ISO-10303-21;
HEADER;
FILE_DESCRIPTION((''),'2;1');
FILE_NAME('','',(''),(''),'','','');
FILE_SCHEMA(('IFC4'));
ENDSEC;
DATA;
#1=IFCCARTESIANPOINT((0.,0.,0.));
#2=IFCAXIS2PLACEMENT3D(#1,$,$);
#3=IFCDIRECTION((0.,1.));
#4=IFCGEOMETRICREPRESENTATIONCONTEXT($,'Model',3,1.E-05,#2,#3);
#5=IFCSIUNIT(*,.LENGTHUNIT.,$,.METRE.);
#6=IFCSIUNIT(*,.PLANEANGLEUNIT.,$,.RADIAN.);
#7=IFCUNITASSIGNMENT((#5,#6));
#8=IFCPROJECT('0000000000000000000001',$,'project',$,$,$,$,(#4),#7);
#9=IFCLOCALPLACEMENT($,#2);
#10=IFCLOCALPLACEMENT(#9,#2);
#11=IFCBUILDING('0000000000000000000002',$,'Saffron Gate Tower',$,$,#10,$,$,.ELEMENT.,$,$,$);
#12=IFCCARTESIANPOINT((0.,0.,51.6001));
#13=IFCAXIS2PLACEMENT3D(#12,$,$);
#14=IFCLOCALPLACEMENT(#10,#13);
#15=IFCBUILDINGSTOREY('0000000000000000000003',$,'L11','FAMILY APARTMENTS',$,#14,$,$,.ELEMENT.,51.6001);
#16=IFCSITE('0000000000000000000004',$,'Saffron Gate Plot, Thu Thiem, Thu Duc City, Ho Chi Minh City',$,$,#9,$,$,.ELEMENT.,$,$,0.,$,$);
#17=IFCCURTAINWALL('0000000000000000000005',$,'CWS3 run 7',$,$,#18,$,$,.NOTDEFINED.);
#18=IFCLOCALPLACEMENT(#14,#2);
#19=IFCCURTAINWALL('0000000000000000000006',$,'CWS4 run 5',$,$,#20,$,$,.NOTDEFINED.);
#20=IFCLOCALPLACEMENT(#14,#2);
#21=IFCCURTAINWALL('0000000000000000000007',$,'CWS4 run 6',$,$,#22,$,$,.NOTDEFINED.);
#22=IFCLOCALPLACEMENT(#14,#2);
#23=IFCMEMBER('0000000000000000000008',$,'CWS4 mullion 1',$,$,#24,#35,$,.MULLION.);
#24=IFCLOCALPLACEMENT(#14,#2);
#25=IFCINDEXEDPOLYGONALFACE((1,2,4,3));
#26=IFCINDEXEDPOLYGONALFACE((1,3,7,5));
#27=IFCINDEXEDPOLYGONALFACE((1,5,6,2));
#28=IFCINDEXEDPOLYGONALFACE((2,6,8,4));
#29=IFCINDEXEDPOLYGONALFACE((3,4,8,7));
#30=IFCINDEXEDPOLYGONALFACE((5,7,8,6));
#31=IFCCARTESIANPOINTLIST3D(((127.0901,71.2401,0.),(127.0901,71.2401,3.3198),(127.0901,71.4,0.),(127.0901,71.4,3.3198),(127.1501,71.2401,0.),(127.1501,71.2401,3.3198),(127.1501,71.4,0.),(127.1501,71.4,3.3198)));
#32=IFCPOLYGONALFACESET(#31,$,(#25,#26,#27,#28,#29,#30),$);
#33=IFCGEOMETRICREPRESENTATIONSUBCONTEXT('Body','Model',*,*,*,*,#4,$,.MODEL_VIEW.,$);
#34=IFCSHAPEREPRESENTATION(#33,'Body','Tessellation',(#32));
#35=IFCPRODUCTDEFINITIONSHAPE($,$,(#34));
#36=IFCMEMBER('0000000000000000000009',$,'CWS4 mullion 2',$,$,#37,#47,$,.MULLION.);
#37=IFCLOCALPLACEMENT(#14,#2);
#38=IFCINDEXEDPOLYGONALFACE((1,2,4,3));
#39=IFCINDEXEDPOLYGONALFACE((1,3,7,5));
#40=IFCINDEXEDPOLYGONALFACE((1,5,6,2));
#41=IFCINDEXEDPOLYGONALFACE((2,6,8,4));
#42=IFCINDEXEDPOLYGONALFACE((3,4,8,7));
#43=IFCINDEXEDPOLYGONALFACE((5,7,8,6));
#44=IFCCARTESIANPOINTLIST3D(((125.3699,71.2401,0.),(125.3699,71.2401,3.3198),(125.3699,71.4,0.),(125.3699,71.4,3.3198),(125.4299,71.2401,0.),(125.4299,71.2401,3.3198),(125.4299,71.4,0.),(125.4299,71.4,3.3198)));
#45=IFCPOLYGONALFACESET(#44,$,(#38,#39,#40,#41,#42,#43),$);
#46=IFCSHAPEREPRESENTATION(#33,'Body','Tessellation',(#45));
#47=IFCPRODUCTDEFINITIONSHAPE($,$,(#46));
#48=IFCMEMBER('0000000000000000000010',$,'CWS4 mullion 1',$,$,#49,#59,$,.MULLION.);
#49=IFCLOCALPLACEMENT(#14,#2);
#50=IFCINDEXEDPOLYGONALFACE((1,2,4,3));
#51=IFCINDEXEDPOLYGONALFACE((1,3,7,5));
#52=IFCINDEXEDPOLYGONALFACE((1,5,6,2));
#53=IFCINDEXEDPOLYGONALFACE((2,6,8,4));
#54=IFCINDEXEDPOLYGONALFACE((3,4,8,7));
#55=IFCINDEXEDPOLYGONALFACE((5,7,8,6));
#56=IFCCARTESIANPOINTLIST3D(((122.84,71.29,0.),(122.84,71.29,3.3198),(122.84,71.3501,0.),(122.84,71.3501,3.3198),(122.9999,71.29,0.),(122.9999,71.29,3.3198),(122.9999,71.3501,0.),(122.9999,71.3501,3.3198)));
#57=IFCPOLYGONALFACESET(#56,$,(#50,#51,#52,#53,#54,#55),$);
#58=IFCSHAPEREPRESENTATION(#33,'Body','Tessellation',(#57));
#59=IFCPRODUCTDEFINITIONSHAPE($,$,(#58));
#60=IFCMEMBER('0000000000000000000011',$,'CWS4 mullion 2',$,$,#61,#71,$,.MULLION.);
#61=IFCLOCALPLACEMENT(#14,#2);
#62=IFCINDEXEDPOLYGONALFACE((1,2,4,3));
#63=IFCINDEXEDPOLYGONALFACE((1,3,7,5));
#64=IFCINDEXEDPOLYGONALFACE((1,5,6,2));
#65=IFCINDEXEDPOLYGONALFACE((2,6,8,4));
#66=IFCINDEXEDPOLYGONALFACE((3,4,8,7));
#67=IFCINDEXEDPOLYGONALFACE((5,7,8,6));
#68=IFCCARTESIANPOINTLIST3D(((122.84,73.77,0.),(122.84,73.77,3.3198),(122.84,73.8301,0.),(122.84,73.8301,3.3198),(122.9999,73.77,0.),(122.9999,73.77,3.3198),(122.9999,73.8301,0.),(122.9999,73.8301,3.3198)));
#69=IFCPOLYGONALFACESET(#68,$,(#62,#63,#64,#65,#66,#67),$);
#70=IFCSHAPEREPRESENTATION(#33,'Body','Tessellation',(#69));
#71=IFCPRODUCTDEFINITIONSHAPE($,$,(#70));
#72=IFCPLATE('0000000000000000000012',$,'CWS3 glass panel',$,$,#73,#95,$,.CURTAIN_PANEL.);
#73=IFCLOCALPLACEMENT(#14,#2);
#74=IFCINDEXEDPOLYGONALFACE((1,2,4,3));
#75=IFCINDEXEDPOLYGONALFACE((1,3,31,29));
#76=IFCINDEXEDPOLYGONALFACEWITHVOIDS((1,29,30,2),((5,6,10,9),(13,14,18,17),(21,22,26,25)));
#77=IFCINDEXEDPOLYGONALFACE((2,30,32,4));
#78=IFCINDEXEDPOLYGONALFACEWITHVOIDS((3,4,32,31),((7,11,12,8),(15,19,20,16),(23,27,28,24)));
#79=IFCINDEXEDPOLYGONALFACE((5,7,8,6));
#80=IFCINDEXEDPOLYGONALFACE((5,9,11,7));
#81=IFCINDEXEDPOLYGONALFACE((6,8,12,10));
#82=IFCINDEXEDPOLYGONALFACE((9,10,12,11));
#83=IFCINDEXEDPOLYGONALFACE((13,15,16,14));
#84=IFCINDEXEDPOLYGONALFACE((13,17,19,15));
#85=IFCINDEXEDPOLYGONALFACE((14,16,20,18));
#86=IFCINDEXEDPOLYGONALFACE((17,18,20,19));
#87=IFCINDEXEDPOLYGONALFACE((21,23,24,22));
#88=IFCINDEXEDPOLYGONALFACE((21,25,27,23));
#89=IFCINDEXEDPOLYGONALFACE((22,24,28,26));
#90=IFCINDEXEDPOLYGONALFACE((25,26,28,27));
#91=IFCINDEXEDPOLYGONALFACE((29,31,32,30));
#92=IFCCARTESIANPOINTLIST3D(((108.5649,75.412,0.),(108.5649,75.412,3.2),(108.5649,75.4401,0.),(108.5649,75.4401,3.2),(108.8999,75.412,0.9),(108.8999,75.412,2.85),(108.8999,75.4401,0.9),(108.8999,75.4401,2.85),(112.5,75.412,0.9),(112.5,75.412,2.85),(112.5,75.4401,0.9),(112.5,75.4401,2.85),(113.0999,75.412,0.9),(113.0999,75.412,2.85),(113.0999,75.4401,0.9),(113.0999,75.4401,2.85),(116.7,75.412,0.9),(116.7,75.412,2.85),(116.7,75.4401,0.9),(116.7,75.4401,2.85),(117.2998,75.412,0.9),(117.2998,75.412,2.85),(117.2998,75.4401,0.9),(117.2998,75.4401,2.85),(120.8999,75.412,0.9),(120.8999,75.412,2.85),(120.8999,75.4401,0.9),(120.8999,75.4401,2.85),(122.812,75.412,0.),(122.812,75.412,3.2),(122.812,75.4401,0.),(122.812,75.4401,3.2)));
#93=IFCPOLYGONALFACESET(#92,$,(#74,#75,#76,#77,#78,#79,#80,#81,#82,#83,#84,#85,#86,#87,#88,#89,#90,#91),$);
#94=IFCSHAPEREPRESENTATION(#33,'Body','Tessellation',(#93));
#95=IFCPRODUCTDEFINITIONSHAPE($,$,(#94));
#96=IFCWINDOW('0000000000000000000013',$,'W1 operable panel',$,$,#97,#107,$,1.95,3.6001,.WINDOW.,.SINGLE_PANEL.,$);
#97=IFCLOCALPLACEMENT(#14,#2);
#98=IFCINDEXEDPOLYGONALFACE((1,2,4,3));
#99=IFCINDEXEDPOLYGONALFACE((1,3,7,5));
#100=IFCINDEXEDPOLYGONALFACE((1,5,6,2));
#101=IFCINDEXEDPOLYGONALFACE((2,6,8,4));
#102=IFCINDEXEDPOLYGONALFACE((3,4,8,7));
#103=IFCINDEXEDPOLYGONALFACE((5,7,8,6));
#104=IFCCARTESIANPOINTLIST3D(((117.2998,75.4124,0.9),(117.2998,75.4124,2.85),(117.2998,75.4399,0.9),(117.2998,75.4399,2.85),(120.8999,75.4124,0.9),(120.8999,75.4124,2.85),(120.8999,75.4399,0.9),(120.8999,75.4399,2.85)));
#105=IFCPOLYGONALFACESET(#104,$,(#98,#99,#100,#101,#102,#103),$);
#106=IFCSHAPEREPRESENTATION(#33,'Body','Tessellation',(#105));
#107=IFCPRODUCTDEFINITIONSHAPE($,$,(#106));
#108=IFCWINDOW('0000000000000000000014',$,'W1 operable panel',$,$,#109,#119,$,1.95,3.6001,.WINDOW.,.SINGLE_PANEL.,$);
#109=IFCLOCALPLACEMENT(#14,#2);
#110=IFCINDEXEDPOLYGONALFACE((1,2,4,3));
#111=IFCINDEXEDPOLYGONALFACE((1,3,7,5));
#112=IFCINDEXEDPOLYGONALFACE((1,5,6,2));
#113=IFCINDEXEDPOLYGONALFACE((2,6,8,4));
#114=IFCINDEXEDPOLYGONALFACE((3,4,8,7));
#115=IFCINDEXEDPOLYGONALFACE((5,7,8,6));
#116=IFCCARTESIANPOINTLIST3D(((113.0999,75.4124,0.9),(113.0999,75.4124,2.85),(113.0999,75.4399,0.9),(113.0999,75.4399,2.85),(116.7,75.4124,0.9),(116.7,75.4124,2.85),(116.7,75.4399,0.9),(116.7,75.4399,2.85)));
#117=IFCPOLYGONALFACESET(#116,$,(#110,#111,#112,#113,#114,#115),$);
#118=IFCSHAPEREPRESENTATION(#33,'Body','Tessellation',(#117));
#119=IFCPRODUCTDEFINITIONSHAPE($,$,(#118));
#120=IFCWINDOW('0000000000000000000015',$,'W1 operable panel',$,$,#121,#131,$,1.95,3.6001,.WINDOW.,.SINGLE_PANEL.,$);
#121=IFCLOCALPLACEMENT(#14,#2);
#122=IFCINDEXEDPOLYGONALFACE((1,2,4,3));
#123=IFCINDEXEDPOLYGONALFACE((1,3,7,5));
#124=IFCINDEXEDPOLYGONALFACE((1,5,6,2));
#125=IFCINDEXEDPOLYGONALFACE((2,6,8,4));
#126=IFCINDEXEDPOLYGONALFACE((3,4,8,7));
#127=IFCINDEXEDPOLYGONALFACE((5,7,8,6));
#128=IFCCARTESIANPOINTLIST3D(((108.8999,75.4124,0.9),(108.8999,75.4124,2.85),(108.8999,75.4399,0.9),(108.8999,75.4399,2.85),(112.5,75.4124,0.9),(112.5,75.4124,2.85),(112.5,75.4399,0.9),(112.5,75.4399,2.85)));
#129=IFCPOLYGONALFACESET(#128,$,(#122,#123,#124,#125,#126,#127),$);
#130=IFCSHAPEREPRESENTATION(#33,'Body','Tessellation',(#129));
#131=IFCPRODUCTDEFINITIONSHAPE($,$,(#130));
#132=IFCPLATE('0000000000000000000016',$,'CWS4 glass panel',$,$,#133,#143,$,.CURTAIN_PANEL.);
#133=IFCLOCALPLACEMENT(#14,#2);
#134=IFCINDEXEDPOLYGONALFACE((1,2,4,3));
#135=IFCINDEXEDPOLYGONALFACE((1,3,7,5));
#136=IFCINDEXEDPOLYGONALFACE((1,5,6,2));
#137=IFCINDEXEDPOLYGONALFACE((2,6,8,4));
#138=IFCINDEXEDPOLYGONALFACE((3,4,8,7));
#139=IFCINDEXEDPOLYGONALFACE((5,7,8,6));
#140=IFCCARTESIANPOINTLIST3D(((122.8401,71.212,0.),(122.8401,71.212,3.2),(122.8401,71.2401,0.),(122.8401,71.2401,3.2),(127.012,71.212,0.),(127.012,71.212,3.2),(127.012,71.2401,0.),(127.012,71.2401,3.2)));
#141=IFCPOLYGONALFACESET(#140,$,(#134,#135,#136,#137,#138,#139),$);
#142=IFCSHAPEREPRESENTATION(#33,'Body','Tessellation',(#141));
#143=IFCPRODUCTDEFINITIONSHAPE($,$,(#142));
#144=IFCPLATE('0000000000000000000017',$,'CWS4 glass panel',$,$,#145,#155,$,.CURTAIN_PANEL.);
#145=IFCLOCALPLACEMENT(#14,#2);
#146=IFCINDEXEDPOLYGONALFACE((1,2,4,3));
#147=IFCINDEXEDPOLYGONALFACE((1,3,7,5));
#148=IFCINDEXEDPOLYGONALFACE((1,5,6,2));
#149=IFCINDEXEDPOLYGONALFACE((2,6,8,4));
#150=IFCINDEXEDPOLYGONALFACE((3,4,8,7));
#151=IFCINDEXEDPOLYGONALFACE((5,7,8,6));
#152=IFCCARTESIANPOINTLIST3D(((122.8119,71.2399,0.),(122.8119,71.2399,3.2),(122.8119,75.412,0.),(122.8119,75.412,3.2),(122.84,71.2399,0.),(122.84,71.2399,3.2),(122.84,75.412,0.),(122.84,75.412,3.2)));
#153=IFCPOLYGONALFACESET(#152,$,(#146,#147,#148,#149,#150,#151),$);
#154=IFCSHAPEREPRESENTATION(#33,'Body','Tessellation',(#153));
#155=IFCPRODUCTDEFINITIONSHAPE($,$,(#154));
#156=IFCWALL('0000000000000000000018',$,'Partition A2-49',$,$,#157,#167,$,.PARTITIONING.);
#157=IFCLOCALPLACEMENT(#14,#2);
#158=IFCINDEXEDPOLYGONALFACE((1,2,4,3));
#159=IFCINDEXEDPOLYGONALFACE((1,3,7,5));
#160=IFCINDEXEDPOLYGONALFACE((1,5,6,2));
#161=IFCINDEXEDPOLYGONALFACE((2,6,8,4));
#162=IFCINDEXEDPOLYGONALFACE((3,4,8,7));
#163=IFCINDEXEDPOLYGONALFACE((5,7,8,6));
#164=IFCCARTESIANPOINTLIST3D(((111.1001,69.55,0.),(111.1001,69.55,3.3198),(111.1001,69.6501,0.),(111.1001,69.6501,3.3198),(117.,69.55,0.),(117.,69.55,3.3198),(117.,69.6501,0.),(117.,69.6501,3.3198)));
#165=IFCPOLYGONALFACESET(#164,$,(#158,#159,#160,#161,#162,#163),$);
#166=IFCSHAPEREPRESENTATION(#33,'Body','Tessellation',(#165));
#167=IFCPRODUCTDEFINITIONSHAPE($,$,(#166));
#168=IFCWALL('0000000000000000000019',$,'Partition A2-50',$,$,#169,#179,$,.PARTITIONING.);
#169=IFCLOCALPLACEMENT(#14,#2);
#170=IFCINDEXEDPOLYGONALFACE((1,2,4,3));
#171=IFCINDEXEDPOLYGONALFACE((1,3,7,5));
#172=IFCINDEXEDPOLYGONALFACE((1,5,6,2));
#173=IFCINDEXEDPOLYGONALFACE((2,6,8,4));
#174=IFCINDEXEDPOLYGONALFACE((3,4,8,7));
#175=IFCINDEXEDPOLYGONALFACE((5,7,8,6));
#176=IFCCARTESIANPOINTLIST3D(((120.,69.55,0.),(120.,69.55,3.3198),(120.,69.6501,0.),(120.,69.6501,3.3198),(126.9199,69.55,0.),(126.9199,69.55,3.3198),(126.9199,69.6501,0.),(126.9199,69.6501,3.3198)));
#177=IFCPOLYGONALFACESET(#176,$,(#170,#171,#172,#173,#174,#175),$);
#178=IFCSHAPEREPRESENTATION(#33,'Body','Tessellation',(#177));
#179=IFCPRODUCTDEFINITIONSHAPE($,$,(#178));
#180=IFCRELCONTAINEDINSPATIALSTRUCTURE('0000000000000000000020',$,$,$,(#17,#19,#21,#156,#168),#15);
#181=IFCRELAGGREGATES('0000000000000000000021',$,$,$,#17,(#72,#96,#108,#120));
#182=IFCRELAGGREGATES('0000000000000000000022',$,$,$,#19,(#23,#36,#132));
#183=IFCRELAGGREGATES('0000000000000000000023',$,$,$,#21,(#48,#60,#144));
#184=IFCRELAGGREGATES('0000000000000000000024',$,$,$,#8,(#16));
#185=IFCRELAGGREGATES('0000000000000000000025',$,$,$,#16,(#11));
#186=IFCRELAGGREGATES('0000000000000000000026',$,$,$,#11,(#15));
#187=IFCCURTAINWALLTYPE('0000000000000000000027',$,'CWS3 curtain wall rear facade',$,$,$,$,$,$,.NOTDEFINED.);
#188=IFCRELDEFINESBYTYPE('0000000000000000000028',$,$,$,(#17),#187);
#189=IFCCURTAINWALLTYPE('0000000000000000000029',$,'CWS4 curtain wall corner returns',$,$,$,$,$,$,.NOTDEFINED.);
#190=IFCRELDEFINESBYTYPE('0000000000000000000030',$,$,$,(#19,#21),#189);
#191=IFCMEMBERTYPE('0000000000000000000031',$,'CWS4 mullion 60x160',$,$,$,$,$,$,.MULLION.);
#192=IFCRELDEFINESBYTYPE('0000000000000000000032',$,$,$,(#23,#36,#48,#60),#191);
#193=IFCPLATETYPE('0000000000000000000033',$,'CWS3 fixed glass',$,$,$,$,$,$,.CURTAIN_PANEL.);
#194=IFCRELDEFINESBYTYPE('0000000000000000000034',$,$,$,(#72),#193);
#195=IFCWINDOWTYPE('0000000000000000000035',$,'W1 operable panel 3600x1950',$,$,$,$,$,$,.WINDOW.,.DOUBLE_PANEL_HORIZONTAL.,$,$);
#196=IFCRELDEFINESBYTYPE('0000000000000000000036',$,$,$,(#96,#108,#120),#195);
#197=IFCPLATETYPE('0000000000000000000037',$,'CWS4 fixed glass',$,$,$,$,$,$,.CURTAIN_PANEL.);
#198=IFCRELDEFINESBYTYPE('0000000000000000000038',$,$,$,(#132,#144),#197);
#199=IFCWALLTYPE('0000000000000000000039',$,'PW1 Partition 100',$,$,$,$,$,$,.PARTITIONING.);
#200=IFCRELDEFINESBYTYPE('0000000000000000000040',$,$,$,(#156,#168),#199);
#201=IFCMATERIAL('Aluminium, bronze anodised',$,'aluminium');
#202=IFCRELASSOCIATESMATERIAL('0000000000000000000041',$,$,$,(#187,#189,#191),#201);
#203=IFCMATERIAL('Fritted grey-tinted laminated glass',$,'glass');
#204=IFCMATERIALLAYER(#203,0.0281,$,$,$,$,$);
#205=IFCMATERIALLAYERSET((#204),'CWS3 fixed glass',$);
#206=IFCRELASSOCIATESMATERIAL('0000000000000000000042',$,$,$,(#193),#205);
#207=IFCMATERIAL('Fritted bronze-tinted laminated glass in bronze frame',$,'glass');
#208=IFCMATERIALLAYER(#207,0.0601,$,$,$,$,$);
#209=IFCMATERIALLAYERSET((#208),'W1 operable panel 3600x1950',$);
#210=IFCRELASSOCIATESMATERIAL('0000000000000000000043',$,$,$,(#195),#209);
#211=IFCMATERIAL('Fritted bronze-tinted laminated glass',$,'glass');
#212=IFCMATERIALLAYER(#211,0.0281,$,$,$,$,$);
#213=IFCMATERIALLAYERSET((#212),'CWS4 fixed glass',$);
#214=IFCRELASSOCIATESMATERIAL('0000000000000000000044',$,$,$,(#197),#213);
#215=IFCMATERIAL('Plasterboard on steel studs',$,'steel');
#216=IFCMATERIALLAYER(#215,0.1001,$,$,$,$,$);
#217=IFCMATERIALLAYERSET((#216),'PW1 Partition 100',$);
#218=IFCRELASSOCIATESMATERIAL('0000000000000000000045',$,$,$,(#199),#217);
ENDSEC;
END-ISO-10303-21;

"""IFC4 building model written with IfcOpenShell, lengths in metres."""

from ifc_helpers import new_model, si_unit, direction, frame, frame_2d, origin, origin_2d, place, context, subcontext, project, spatial, rectangle, extrude, material, layer, layer_set, material_profile, profile_set, type_object, element, fill, aggregate, save


model = new_model("IFC4")

# Units and contexts
model_context = context("Model", 3, precision=1e-05, world=origin(), true_north=direction((0.0, 1.0)))
body_context = subcontext(model_context, "Body", "Model", "MODEL_VIEW")
ifc_project = project(units=[si_unit("LENGTHUNIT", "METRE"), si_unit("PLANEANGLEUNIT", "RADIAN")], contexts=[model_context])

# Site, building, storey
site_placement = place(None, origin())
site = spatial("IfcSite", under=ifc_project, at=site_placement, Name="Saffron Gate Plot, Thu Thiem, Thu Duc City, Ho Chi Minh City", CompositionType="ELEMENT", RefElevation=0.0)
building_placement = place(site_placement, origin())
building = spatial("IfcBuilding", under=site, at=building_placement, Name="Saffron Gate Tower", CompositionType="ELEMENT")
storey_placement = place(building_placement, frame((0.0, 0.0, 51.6001)))
storey = spatial("IfcBuildingStorey", under=building, at=storey_placement, Name="L11", Description="FAMILY APARTMENTS", CompositionType="ELEMENT", Elevation=51.6001)

# Shared definitions
ifc_material_1 = material(Name="Aluminium, bronze anodised", Category="aluminium")

# Curtain wall
curtain_wall_type_1 = type_object("IfcCurtainWallType", Name="CWS3 curtain wall rear facade", PredefinedType="NOTDEFINED", material=ifc_material_1)
curtain_wall_1_placement = place(storey_placement, origin())
curtain_wall_1 = element("IfcCurtainWall", 1, at=curtain_wall_1_placement, inside=storey, type_object=curtain_wall_type_1, Name="CWS3 run 7", PredefinedType="NOTDEFINED")

# Curtain walls
curtain_wall_type_2 = type_object("IfcCurtainWallType", Name="CWS4 curtain wall corner returns", PredefinedType="NOTDEFINED", material=ifc_material_1)
curtain_wall_2_placement = place(storey_placement, origin())
curtain_wall_2 = element("IfcCurtainWall", 2, at=curtain_wall_2_placement, inside=storey, type_object=curtain_wall_type_2, Name="CWS4 run 5", PredefinedType="NOTDEFINED")
curtain_wall_3_placement = place(storey_placement, origin())
curtain_wall_3 = element("IfcCurtainWall", 3, at=curtain_wall_3_placement, inside=storey, type_object=curtain_wall_type_2, Name="CWS4 run 6", PredefinedType="NOTDEFINED")

# Members
ifc_material_profile_1 = material_profile(ifc_material_1, rectangle(XDim=0.1599, YDim=0.0601, at=origin_2d()))
ifc_profile_set_1 = profile_set([ifc_material_profile_1], Name="Aluminium, bronze anodised")
member_type_1 = type_object("IfcMemberType", Name="CWS4 mullion 60x160", PredefinedType="MULLION", material=ifc_profile_set_1)
member_1_placement = place(storey_placement, frame((127.1201, 71.3201, 0.0), z_axis=(0.0, 0.0, 1.0), x_axis=(0.0, -1.0, 0.0)))
member_1 = element("IfcMember", 4, at=member_1_placement, type_object=member_type_1, Name="CWS4 mullion 1", PredefinedType="MULLION", context=body_context, shape_type="SweptSolid", body=[
    extrude(rectangle(XDim=0.1599, YDim=0.0601, at=origin_2d()), origin(), (0.0, 0.0, 1.0), 3.3198),
])
member_2_placement = place(storey_placement, frame((125.3999, 71.3201, 0.0), z_axis=(0.0, 0.0, 1.0), x_axis=(0.0, -1.0, 0.0)))
member_2 = element("IfcMember", 5, at=member_2_placement, type_object=member_type_1, Name="CWS4 mullion 2", PredefinedType="MULLION", context=body_context, shape_type="SweptSolid", body=[
    extrude(rectangle(XDim=0.1599, YDim=0.0601, at=origin_2d()), origin(), (0.0, 0.0, 1.0), 3.3198),
])
member_3_placement = place(storey_placement, frame((122.9199, 71.3201, 0.0), z_axis=(0.0, 0.0, 1.0), x_axis=(-1.0, 0.0, 0.0)))
member_3 = element("IfcMember", 6, at=member_3_placement, type_object=member_type_1, Name="CWS4 mullion 1", PredefinedType="MULLION", context=body_context, shape_type="SweptSolid", body=[
    extrude(rectangle(XDim=0.1599, YDim=0.0601, at=origin_2d()), origin(), (0.0, 0.0, 1.0), 3.3198),
])
member_4_placement = place(storey_placement, frame((122.9199, 73.8, 0.0), z_axis=(0.0, 0.0, 1.0), x_axis=(-1.0, 0.0, 0.0)))
member_4 = element("IfcMember", 7, at=member_4_placement, type_object=member_type_1, Name="CWS4 mullion 2", PredefinedType="MULLION", context=body_context, shape_type="SweptSolid", body=[
    extrude(rectangle(XDim=0.1599, YDim=0.0601, at=origin_2d()), origin(), (0.0, 0.0, 1.0), 3.3198),
])

# Plate, openings, windows
ifc_material_2 = material(Name="Fritted grey-tinted laminated glass", Category="glass")
ifc_layer_1 = layer(ifc_material_2, 0.0281)
ifc_layer_set_1 = layer_set([ifc_layer_1], Name="CWS3 fixed glass")
plate_type_1 = type_object("IfcPlateType", Name="CWS3 fixed glass", PredefinedType="CURTAIN_PANEL", material=ifc_layer_set_1)
plate_1_placement = place(storey_placement, frame((122.812, 75.426, 0.0), z_axis=(0.0, 0.0, 1.0), x_axis=(-1.0, 0.0, 0.0)))
plate_1 = element("IfcPlate", 8, at=plate_1_placement, type_object=plate_type_1, Name="CWS3 glass panel", PredefinedType="CURTAIN_PANEL", context=body_context, shape_type="SweptSolid", body=[
    extrude(rectangle(XDim=14.2471, YDim=0.0281, at=frame_2d((7.1235, 0.0))), origin(), (0.0, 0.0, 1.0), 3.2),
])
opening_1_placement = place(plate_1_placement, frame((1.9121, 0.0, 0.8999)))
opening_1 = element("IfcOpeningElement", 9, at=opening_1_placement, cuts=plate_1, PredefinedType="OPENING", context=body_context, shape_type="SweptSolid", body=[
    extrude(rectangle(XDim=3.6001, YDim=1.95, at=frame_2d((1.8, 0.9751))), frame((0.0, 0.0239, 0.0), z_axis=(0.0, -1.0, 0.0), x_axis=(1.0, 0.0, 0.0)), (0.0, 0.0, 1.0), 0.0481),
])
opening_2_placement = place(plate_1_placement, frame((6.1121, 0.0, 0.8999)))
opening_2 = element("IfcOpeningElement", 10, at=opening_2_placement, cuts=plate_1, PredefinedType="OPENING", context=body_context, shape_type="SweptSolid", body=[
    extrude(rectangle(XDim=3.6001, YDim=1.95, at=frame_2d((1.8, 0.9751))), frame((0.0, 0.0239, 0.0), z_axis=(0.0, -1.0, 0.0), x_axis=(1.0, 0.0, 0.0)), (0.0, 0.0, 1.0), 0.0481),
])
opening_3_placement = place(plate_1_placement, frame((10.312, 0.0, 0.8999)))
opening_3 = element("IfcOpeningElement", 11, at=opening_3_placement, cuts=plate_1, PredefinedType="OPENING", context=body_context, shape_type="SweptSolid", body=[
    extrude(rectangle(XDim=3.6001, YDim=1.95, at=frame_2d((1.8, 0.9751))), frame((0.0, 0.0239, 0.0), z_axis=(0.0, -1.0, 0.0), x_axis=(1.0, 0.0, 0.0)), (0.0, 0.0, 1.0), 0.0481),
])
ifc_material_3 = material(Name="Fritted bronze-tinted laminated glass in bronze frame", Category="glass")
ifc_layer_2 = layer(ifc_material_3, 0.0601)
ifc_layer_set_2 = layer_set([ifc_layer_2], Name="W1 operable panel 3600x1950")
window_type = type_object("IfcWindowType", Name="W1 operable panel 3600x1950", PartitioningType="DOUBLE_PANEL_HORIZONTAL", PredefinedType="WINDOW", material=ifc_layer_set_2)
window_1_placement = place(opening_1_placement, origin())
window_1 = element("IfcWindow", 12, at=window_1_placement, type_object=window_type, Name="W1 operable panel", OverallHeight=1.95, OverallWidth=3.6001, PartitioningType="SINGLE_PANEL", PredefinedType="WINDOW", context=body_context, shape_type="SweptSolid", body=[
    extrude(rectangle(XDim=3.6001, YDim=1.95, at=frame_2d((1.8, 0.9751))), frame((0.0, 0.0137, 0.0), z_axis=(0.0, -1.0, 0.0), x_axis=(1.0, 0.0, 0.0)), (0.0, 0.0, 1.0), 0.0276),
])
fill(opening_1, window_1)
window_2_placement = place(opening_2_placement, origin())
window_2 = element("IfcWindow", 13, at=window_2_placement, type_object=window_type, Name="W1 operable panel", OverallHeight=1.95, OverallWidth=3.6001, PartitioningType="SINGLE_PANEL", PredefinedType="WINDOW", context=body_context, shape_type="SweptSolid", body=[
    extrude(rectangle(XDim=3.6001, YDim=1.95, at=frame_2d((1.8, 0.9751))), frame((0.0, 0.0137, 0.0), z_axis=(0.0, -1.0, 0.0), x_axis=(1.0, 0.0, 0.0)), (0.0, 0.0, 1.0), 0.0276),
])
fill(opening_2, window_2)
window_3_placement = place(opening_3_placement, origin())
window_3 = element("IfcWindow", 14, at=window_3_placement, type_object=window_type, Name="W1 operable panel", OverallHeight=1.95, OverallWidth=3.6001, PartitioningType="SINGLE_PANEL", PredefinedType="WINDOW", context=body_context, shape_type="SweptSolid", body=[
    extrude(rectangle(XDim=3.6001, YDim=1.95, at=frame_2d((1.8, 0.9751))), frame((0.0, 0.0137, 0.0), z_axis=(0.0, -1.0, 0.0), x_axis=(1.0, 0.0, 0.0)), (0.0, 0.0, 1.0), 0.0276),
])
fill(opening_3, window_3)
aggregate(curtain_wall_1, [plate_1, window_1, window_2, window_3])

# Plates
ifc_material_4 = material(Name="Fritted bronze-tinted laminated glass", Category="glass")
ifc_layer_3 = layer(ifc_material_4, 0.0281)
ifc_layer_set_3 = layer_set([ifc_layer_3], Name="CWS4 fixed glass")
plate_type_2 = type_object("IfcPlateType", Name="CWS4 fixed glass", PredefinedType="CURTAIN_PANEL", material=ifc_layer_set_3)
plate_2_placement = place(storey_placement, frame((127.012, 71.2261, 0.0), z_axis=(0.0, 0.0, 1.0), x_axis=(-1.0, 0.0, 0.0)))
plate_2 = element("IfcPlate", 15, at=plate_2_placement, type_object=plate_type_2, Name="CWS4 glass panel", PredefinedType="CURTAIN_PANEL", context=body_context, shape_type="SweptSolid", body=[
    extrude(rectangle(XDim=4.1719, YDim=0.0281, at=frame_2d((2.0859, 0.0))), origin(), (0.0, 0.0, 1.0), 3.2),
])
aggregate(curtain_wall_2, [member_1, member_2, plate_2])
plate_3_placement = place(storey_placement, frame((122.8259, 71.24, 0.0), z_axis=(0.0, 0.0, 1.0), x_axis=(0.0, 1.0, 0.0)))
plate_3 = element("IfcPlate", 16, at=plate_3_placement, type_object=plate_type_2, Name="CWS4 glass panel", PredefinedType="CURTAIN_PANEL", context=body_context, shape_type="SweptSolid", body=[
    extrude(rectangle(XDim=4.1721, YDim=0.0281, at=frame_2d((2.0859, 0.0))), origin(), (0.0, 0.0, 1.0), 3.2),
])
aggregate(curtain_wall_3, [member_3, member_4, plate_3])

# Walls
ifc_material_5 = material(Name="Plasterboard on steel studs", Category="steel")
ifc_layer_4 = layer(ifc_material_5, 0.1001)
ifc_layer_set_4 = layer_set([ifc_layer_4], Name="PW1 Partition 100")
wall_type_1 = type_object("IfcWallType", Name="PW1 Partition 100", PredefinedType="PARTITIONING", material=ifc_layer_set_4)
wall_1_placement = place(storey_placement, frame((111.1001, 69.6001, 0.0), z_axis=(0.0, 0.0, 1.0), x_axis=(1.0, 0.0, 0.0)))
element("IfcWall", 17, at=wall_1_placement, inside=storey, type_object=wall_type_1, Name="Partition A2-49", PredefinedType="PARTITIONING", context=body_context, shape_type="SweptSolid", body=[
    extrude(rectangle(XDim=5.8999, YDim=0.1001, at=frame_2d((2.95, 0.0))), origin(), (0.0, 0.0, 1.0), 3.3198),
])
wall_2_placement = place(storey_placement, frame((120.0, 69.6001, 0.0), z_axis=(0.0, 0.0, 1.0), x_axis=(1.0, 0.0, 0.0)))
element("IfcWall", 18, at=wall_2_placement, inside=storey, type_object=wall_type_1, Name="Partition A2-50", PredefinedType="PARTITIONING", context=body_context, shape_type="SweptSolid", body=[
    extrude(rectangle(XDim=6.9199, YDim=0.1001, at=frame_2d((3.46, 0.0))), origin(), (0.0, 0.0, 1.0), 3.3198),
])

save(model, "model.ifc")
